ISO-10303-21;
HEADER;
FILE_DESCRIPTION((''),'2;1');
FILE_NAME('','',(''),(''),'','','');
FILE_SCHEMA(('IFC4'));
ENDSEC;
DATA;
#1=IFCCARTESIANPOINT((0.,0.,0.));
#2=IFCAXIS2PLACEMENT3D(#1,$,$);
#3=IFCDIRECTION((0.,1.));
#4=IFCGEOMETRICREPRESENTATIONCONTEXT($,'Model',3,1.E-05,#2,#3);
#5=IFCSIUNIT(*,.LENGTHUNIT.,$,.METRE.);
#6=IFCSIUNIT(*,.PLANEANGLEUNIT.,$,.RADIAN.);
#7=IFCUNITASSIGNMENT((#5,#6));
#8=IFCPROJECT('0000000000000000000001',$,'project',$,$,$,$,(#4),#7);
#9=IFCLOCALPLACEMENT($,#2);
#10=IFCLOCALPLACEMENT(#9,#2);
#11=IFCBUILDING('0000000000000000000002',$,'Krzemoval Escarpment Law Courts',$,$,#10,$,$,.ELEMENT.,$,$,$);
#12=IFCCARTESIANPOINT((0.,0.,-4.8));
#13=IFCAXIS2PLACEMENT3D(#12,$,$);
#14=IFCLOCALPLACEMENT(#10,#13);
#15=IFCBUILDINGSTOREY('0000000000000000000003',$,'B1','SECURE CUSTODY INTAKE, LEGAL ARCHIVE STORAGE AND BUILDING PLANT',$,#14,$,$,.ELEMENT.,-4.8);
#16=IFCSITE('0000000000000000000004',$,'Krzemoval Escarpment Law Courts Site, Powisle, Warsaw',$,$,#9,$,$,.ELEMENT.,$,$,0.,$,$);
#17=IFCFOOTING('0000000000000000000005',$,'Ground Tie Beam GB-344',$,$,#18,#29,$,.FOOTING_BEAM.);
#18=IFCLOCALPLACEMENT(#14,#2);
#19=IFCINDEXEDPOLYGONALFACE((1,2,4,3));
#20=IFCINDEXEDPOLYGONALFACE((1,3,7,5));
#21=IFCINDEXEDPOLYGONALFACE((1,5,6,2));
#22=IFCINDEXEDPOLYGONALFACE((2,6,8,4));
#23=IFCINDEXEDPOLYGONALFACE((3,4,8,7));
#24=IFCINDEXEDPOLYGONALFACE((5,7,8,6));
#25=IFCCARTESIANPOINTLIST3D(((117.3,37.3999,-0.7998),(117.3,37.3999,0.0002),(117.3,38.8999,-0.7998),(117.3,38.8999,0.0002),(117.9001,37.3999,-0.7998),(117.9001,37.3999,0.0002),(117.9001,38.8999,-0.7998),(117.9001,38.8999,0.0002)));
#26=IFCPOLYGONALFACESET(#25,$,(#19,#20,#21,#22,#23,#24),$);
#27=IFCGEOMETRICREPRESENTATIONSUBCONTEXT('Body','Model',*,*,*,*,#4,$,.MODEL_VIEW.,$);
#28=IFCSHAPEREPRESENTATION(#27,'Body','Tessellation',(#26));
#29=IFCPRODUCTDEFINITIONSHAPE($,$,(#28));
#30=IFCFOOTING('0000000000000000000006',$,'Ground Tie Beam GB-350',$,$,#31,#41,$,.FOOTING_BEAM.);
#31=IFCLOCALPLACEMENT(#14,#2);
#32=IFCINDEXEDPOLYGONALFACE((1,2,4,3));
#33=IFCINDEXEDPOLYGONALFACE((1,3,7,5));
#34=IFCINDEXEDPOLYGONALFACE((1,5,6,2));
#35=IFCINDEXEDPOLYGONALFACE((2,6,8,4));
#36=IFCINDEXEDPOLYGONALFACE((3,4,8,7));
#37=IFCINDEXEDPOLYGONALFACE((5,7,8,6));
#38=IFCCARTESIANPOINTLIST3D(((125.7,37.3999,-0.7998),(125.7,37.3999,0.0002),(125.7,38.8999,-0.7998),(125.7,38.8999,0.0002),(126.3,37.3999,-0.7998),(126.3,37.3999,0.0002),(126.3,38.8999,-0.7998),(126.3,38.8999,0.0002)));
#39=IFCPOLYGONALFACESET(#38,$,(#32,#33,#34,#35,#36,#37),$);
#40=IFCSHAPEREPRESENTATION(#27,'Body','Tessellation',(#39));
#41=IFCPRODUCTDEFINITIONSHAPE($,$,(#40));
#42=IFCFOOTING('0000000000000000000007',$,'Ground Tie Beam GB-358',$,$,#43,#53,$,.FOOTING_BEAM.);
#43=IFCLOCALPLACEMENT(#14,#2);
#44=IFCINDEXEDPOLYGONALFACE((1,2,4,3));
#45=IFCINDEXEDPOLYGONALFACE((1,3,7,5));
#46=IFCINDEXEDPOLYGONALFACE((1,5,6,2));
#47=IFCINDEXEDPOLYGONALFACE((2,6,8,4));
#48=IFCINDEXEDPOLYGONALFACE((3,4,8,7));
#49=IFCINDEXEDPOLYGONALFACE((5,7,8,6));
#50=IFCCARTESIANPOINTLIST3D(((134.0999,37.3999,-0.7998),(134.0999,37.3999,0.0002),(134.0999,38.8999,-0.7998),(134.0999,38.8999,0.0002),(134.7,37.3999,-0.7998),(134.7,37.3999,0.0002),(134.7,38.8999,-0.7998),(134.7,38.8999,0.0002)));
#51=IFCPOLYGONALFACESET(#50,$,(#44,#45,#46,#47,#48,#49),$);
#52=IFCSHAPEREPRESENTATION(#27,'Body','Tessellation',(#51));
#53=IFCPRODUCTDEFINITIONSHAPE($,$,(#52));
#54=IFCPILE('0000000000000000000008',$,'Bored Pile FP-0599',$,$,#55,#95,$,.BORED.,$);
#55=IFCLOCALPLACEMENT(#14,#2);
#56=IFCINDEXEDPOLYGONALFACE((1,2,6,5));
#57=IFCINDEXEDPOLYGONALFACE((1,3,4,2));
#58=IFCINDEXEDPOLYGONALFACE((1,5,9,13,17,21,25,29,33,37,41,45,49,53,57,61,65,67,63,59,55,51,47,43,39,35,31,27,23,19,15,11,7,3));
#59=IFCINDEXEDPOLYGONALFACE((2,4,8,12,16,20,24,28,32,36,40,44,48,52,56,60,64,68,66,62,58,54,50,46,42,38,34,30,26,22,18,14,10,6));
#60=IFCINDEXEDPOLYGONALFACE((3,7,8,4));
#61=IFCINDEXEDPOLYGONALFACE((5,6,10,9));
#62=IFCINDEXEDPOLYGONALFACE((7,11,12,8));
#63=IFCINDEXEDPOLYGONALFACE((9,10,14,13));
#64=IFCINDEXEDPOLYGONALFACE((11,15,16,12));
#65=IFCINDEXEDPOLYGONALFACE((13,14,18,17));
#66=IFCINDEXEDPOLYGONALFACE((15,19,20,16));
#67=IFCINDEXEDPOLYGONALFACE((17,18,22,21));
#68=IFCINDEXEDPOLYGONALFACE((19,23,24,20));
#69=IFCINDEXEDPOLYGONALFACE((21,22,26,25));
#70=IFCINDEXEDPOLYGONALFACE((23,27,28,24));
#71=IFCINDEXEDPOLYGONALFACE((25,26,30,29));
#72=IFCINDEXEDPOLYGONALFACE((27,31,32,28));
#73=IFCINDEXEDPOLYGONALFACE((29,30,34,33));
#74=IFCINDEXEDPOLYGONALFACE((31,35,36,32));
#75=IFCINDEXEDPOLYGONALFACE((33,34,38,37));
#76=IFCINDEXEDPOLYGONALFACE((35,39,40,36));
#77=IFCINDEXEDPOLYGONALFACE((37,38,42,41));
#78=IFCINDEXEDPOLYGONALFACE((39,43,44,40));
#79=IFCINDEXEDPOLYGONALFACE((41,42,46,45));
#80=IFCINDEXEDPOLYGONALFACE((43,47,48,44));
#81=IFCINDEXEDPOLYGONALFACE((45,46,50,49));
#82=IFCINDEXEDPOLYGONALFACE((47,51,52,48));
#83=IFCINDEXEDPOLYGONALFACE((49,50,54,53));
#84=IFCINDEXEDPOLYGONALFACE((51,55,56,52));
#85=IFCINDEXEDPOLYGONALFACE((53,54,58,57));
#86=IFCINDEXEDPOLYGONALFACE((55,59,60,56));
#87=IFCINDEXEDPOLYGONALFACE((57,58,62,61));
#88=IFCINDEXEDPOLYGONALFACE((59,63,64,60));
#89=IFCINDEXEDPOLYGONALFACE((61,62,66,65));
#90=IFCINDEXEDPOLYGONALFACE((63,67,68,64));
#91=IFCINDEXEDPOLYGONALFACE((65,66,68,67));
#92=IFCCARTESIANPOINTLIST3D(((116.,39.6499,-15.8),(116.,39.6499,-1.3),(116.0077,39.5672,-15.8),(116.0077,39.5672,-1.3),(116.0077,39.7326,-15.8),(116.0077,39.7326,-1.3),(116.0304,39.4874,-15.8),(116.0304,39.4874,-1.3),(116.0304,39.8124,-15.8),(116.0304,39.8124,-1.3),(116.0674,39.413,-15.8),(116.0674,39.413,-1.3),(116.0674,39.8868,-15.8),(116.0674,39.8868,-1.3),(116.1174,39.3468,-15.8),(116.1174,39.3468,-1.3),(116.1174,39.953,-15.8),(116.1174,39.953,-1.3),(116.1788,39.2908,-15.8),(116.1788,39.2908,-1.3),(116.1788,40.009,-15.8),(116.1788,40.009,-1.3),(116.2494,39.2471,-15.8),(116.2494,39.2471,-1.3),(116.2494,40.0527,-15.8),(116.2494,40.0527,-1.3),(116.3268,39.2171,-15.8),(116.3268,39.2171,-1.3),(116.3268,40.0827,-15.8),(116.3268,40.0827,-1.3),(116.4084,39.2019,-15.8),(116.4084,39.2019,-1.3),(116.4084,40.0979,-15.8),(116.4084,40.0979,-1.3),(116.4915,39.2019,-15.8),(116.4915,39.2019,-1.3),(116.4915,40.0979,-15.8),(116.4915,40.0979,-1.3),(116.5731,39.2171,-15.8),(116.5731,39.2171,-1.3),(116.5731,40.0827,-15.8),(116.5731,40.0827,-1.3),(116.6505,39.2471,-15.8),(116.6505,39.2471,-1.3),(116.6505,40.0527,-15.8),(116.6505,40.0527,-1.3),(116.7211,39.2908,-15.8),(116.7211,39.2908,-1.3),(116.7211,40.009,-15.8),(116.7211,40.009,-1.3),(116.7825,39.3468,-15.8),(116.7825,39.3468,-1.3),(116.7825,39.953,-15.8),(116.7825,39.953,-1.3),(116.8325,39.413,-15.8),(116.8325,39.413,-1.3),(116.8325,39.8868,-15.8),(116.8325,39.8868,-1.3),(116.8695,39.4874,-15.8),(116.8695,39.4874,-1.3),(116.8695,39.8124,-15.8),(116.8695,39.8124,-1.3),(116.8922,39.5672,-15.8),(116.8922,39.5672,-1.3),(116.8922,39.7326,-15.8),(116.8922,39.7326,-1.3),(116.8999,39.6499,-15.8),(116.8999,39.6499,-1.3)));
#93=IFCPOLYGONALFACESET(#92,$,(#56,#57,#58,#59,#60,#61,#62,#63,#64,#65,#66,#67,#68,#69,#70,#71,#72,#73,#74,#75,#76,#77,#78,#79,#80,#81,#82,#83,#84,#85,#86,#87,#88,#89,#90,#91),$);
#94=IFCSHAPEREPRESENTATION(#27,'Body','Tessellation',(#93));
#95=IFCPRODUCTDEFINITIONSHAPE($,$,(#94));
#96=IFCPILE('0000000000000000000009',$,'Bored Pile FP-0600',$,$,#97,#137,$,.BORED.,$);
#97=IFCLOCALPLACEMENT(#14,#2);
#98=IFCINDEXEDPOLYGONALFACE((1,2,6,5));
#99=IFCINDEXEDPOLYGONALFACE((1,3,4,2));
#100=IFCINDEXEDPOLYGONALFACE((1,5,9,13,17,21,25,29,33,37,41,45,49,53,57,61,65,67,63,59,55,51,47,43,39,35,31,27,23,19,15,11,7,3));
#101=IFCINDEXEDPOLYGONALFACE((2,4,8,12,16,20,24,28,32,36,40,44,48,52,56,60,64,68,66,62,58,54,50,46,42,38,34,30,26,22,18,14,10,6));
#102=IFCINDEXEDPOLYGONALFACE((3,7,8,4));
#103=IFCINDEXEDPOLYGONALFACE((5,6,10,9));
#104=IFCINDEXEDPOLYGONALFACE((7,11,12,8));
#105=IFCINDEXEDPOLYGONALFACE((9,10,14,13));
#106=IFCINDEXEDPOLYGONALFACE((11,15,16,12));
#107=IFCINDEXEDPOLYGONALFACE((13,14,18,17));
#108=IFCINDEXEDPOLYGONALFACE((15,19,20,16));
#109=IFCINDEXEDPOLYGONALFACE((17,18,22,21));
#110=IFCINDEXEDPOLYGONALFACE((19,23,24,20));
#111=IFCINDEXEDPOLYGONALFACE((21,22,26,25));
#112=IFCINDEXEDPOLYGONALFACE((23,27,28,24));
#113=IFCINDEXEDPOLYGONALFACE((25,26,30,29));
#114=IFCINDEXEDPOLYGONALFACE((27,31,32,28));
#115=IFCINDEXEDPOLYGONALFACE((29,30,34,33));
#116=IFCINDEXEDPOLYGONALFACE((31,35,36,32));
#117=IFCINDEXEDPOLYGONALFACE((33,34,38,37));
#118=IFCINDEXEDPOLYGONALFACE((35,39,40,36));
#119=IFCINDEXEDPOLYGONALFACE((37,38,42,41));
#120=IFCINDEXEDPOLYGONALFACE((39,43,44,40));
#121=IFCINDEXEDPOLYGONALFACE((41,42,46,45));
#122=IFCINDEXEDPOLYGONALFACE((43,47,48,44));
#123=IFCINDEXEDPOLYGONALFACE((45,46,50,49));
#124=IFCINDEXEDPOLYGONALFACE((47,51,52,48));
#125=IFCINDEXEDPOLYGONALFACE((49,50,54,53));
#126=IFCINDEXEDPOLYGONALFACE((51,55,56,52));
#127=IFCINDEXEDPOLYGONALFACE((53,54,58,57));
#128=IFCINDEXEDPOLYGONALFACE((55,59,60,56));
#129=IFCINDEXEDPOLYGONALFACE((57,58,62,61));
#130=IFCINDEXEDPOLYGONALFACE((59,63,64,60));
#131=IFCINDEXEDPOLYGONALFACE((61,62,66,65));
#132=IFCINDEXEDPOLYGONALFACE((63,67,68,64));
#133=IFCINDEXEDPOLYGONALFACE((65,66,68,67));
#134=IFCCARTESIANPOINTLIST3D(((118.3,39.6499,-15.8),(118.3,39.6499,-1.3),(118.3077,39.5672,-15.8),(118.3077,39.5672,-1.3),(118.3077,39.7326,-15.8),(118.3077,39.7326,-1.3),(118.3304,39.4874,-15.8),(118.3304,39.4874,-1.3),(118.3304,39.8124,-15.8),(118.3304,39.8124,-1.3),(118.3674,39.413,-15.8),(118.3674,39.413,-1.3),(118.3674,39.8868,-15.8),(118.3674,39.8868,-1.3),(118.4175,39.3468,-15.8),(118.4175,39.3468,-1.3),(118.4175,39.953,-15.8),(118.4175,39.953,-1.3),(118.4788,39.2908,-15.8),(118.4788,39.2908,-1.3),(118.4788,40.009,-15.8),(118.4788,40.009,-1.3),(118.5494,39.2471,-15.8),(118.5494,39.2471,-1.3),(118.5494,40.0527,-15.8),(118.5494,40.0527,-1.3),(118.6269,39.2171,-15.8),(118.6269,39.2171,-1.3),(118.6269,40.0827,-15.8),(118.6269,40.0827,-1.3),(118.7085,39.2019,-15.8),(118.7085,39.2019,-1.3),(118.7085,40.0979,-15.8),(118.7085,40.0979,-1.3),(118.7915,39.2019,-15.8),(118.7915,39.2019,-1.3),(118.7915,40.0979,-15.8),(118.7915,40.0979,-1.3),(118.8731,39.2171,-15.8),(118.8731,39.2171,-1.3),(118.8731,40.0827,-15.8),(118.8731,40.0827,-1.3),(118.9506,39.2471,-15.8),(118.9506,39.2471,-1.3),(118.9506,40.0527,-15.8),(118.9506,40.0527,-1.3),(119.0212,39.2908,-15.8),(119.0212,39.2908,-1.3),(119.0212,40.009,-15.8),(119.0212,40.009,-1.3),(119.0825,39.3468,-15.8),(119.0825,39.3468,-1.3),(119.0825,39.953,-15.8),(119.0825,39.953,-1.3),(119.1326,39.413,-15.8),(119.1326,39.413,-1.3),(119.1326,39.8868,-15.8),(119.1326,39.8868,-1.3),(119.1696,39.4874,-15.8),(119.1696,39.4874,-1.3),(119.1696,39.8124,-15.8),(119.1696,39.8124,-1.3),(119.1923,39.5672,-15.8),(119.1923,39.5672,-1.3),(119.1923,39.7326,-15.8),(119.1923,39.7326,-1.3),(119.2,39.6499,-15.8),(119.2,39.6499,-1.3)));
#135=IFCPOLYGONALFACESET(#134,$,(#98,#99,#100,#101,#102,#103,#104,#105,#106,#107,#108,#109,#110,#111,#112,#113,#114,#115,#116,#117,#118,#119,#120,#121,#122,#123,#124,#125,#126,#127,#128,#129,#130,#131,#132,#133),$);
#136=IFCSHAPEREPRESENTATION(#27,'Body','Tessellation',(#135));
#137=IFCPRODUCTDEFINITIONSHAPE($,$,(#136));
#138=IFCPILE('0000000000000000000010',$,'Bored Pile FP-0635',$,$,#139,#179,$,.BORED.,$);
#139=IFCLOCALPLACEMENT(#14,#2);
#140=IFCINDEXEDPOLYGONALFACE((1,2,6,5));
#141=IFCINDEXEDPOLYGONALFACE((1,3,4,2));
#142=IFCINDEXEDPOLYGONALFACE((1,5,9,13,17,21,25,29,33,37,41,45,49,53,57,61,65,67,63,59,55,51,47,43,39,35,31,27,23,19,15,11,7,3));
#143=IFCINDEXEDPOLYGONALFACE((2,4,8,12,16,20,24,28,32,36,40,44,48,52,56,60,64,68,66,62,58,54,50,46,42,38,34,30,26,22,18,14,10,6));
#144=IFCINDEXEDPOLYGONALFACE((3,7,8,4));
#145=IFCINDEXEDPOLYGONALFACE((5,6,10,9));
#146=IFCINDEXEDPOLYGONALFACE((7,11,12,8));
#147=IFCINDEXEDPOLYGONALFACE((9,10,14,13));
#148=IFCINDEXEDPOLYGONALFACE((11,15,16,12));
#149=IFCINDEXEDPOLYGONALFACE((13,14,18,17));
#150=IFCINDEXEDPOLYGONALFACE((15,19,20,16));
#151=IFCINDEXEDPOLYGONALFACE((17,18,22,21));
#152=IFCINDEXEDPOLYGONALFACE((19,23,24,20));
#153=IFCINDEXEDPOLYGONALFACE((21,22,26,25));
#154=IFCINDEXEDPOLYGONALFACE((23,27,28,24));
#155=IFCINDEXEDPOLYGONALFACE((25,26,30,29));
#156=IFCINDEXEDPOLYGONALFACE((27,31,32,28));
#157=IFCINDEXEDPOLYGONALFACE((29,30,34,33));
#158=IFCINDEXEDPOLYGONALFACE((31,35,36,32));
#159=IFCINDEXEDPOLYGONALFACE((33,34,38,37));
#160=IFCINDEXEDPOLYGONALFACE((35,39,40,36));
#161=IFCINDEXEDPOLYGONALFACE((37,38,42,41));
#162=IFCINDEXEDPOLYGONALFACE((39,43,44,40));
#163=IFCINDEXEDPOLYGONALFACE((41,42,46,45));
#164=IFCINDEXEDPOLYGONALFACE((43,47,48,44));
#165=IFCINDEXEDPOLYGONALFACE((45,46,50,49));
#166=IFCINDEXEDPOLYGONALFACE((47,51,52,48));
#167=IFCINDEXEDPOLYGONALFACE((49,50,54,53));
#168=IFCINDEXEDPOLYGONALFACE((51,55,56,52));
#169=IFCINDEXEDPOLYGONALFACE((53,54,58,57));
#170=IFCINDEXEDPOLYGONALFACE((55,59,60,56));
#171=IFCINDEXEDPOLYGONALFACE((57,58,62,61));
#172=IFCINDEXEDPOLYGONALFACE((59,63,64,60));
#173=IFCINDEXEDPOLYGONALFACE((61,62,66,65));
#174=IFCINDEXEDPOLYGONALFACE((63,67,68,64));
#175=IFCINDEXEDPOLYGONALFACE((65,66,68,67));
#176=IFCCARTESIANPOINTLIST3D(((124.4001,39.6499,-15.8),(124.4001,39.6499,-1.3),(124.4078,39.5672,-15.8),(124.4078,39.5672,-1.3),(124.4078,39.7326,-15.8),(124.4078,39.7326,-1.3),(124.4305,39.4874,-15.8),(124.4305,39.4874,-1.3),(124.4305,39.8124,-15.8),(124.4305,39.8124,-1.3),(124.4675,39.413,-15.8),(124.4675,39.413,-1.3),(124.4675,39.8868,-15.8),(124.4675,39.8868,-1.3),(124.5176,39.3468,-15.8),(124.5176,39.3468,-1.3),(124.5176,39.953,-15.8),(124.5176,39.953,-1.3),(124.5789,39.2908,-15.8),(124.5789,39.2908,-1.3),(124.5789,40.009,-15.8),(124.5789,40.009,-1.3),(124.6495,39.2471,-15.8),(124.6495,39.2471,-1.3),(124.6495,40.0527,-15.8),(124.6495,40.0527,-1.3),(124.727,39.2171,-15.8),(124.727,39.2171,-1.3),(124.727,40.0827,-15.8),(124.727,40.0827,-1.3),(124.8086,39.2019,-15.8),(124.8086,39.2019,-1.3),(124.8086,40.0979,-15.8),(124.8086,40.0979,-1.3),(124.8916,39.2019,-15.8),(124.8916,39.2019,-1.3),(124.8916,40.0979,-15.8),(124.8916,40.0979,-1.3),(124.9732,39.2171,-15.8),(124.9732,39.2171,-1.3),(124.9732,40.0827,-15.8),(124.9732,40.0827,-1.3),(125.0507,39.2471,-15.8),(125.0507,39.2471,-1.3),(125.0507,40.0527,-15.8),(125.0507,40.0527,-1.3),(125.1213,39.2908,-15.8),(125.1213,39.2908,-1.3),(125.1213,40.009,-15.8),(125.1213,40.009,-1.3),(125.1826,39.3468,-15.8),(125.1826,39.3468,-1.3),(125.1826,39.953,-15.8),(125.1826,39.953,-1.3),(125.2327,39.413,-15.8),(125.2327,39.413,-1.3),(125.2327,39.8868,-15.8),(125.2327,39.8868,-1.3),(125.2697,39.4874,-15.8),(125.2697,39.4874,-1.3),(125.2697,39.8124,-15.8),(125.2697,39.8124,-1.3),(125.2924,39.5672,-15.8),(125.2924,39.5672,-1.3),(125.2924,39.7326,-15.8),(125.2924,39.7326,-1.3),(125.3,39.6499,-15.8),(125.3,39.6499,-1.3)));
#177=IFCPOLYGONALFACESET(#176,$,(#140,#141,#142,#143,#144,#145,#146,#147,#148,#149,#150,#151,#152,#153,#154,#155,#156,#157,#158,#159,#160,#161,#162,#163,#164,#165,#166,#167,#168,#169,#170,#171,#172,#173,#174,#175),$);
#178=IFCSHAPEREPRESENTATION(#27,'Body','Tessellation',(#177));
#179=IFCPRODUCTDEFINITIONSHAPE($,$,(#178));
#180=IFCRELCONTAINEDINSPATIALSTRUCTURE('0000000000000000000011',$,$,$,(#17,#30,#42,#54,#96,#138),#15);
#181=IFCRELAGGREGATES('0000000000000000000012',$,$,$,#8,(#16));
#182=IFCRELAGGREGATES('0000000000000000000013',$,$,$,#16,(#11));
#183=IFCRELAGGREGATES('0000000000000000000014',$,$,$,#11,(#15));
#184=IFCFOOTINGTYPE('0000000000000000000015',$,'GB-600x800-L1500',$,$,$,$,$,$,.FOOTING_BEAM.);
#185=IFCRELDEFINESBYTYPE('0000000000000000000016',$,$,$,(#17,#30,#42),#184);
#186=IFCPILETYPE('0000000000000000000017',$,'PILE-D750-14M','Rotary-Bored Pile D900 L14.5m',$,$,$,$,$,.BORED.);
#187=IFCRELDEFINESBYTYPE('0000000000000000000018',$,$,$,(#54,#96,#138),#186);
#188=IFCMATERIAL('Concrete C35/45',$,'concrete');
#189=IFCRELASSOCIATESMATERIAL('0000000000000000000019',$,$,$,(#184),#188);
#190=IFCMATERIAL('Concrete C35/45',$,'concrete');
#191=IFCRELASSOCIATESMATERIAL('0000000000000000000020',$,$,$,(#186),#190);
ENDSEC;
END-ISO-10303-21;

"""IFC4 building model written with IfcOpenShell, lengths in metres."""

from ifc_helpers import new_model, si_unit, direction, frame, origin, origin_2d, place, context, subcontext, project, spatial, rectangle, circle, extrude, material, material_profile, profile_set, type_object, element, save


model = new_model("IFC4")

# Units and contexts
model_context = context("Model", 3, precision=1e-05, world=origin(), true_north=direction((0.0, 1.0)))
body_context = subcontext(model_context, "Body", "Model", "MODEL_VIEW")
ifc_project = project(units=[si_unit("LENGTHUNIT", "METRE"), si_unit("PLANEANGLEUNIT", "RADIAN")], contexts=[model_context])

# Site, building, storey
site_placement = place(None, origin())
site = spatial("IfcSite", under=ifc_project, at=site_placement, Name="Krzemoval Escarpment Law Courts Site, Powisle, Warsaw", CompositionType="ELEMENT", RefElevation=0.0)
building_placement = place(site_placement, origin())
building = spatial("IfcBuilding", under=site, at=building_placement, Name="Krzemoval Escarpment Law Courts", CompositionType="ELEMENT")
storey_placement = place(building_placement, frame((0.0, 0.0, -4.8)))
storey = spatial("IfcBuildingStorey", under=building, at=storey_placement, Name="B1", Description="SECURE CUSTODY INTAKE, LEGAL ARCHIVE STORAGE AND BUILDING PLANT", CompositionType="ELEMENT", Elevation=-4.8)

# Footings
ifc_material_1 = material(Name="Concrete C35/45", Category="concrete")
footing_type_1 = type_object("IfcFootingType", Name="GB-600x800-L1500", PredefinedType="FOOTING_BEAM", material=ifc_material_1)
for number, where, z_axis, x_axis, name in (
    (1, (117.6001, 38.1499, -0.7998), (0.0, 0.0, 1.0), (0.0, 1.0, 0.0), "Ground Tie Beam GB-344"),
    (2, (126.0, 38.1499, -0.7998), (0.0, 0.0, 1.0), (0.0, 1.0, 0.0), "Ground Tie Beam GB-350"),
    (3, (134.3999, 38.1499, -0.7998), (0.0, 0.0, 1.0), (0.0, 1.0, 0.0), "Ground Tie Beam GB-358"),
):
    element("IfcFooting", number, at=place(storey_placement, frame(where, z_axis=z_axis, x_axis=x_axis)), inside=storey, type_object=footing_type_1, Name=name, PredefinedType="FOOTING_BEAM", context=body_context, shape_type="SweptSolid", body=[
        extrude(rectangle(XDim=1.5, YDim=0.6001, at=origin_2d()), origin(), (0.0, 0.0, 1.0), 0.8),
    ])

# Piles
ifc_material_2 = material(Name="Concrete C35/45", Category="concrete")
ifc_material_profile_1 = material_profile(ifc_material_2, circle(Radius=0.45, at=origin_2d()), Name="PILE D900")
ifc_profile_set_1 = profile_set([ifc_material_profile_1], Name="Concrete C35/45")
pile_type_1 = type_object("IfcPileType", Name="PILE-D750-14M", Description="Rotary-Bored Pile D900 L14.5m", PredefinedType="BORED", material=ifc_profile_set_1)
for number, where, z_axis, x_axis, name in (
    (4, (116.45, 39.6499, -1.3), (0.0, 0.0, -1.0), (1.0, 0.0, 0.0), "Bored Pile FP-0599"),
    (5, (118.75, 39.6499, -1.3), (0.0, 0.0, -1.0), (1.0, 0.0, 0.0), "Bored Pile FP-0600"),
    (6, (124.8501, 39.6499, -1.3), (0.0, 0.0, -1.0), (1.0, 0.0, 0.0), "Bored Pile FP-0635"),
):
    element("IfcPile", number, at=place(storey_placement, frame(where, z_axis=z_axis, x_axis=x_axis)), inside=storey, type_object=pile_type_1, Name=name, PredefinedType="BORED", context=body_context, shape_type="SweptSolid", body=[
        extrude(circle(Radius=0.45, at=origin_2d()), origin(), (0.0, 0.0, 1.0), 14.5),
    ])

save(model, "model.ifc")
